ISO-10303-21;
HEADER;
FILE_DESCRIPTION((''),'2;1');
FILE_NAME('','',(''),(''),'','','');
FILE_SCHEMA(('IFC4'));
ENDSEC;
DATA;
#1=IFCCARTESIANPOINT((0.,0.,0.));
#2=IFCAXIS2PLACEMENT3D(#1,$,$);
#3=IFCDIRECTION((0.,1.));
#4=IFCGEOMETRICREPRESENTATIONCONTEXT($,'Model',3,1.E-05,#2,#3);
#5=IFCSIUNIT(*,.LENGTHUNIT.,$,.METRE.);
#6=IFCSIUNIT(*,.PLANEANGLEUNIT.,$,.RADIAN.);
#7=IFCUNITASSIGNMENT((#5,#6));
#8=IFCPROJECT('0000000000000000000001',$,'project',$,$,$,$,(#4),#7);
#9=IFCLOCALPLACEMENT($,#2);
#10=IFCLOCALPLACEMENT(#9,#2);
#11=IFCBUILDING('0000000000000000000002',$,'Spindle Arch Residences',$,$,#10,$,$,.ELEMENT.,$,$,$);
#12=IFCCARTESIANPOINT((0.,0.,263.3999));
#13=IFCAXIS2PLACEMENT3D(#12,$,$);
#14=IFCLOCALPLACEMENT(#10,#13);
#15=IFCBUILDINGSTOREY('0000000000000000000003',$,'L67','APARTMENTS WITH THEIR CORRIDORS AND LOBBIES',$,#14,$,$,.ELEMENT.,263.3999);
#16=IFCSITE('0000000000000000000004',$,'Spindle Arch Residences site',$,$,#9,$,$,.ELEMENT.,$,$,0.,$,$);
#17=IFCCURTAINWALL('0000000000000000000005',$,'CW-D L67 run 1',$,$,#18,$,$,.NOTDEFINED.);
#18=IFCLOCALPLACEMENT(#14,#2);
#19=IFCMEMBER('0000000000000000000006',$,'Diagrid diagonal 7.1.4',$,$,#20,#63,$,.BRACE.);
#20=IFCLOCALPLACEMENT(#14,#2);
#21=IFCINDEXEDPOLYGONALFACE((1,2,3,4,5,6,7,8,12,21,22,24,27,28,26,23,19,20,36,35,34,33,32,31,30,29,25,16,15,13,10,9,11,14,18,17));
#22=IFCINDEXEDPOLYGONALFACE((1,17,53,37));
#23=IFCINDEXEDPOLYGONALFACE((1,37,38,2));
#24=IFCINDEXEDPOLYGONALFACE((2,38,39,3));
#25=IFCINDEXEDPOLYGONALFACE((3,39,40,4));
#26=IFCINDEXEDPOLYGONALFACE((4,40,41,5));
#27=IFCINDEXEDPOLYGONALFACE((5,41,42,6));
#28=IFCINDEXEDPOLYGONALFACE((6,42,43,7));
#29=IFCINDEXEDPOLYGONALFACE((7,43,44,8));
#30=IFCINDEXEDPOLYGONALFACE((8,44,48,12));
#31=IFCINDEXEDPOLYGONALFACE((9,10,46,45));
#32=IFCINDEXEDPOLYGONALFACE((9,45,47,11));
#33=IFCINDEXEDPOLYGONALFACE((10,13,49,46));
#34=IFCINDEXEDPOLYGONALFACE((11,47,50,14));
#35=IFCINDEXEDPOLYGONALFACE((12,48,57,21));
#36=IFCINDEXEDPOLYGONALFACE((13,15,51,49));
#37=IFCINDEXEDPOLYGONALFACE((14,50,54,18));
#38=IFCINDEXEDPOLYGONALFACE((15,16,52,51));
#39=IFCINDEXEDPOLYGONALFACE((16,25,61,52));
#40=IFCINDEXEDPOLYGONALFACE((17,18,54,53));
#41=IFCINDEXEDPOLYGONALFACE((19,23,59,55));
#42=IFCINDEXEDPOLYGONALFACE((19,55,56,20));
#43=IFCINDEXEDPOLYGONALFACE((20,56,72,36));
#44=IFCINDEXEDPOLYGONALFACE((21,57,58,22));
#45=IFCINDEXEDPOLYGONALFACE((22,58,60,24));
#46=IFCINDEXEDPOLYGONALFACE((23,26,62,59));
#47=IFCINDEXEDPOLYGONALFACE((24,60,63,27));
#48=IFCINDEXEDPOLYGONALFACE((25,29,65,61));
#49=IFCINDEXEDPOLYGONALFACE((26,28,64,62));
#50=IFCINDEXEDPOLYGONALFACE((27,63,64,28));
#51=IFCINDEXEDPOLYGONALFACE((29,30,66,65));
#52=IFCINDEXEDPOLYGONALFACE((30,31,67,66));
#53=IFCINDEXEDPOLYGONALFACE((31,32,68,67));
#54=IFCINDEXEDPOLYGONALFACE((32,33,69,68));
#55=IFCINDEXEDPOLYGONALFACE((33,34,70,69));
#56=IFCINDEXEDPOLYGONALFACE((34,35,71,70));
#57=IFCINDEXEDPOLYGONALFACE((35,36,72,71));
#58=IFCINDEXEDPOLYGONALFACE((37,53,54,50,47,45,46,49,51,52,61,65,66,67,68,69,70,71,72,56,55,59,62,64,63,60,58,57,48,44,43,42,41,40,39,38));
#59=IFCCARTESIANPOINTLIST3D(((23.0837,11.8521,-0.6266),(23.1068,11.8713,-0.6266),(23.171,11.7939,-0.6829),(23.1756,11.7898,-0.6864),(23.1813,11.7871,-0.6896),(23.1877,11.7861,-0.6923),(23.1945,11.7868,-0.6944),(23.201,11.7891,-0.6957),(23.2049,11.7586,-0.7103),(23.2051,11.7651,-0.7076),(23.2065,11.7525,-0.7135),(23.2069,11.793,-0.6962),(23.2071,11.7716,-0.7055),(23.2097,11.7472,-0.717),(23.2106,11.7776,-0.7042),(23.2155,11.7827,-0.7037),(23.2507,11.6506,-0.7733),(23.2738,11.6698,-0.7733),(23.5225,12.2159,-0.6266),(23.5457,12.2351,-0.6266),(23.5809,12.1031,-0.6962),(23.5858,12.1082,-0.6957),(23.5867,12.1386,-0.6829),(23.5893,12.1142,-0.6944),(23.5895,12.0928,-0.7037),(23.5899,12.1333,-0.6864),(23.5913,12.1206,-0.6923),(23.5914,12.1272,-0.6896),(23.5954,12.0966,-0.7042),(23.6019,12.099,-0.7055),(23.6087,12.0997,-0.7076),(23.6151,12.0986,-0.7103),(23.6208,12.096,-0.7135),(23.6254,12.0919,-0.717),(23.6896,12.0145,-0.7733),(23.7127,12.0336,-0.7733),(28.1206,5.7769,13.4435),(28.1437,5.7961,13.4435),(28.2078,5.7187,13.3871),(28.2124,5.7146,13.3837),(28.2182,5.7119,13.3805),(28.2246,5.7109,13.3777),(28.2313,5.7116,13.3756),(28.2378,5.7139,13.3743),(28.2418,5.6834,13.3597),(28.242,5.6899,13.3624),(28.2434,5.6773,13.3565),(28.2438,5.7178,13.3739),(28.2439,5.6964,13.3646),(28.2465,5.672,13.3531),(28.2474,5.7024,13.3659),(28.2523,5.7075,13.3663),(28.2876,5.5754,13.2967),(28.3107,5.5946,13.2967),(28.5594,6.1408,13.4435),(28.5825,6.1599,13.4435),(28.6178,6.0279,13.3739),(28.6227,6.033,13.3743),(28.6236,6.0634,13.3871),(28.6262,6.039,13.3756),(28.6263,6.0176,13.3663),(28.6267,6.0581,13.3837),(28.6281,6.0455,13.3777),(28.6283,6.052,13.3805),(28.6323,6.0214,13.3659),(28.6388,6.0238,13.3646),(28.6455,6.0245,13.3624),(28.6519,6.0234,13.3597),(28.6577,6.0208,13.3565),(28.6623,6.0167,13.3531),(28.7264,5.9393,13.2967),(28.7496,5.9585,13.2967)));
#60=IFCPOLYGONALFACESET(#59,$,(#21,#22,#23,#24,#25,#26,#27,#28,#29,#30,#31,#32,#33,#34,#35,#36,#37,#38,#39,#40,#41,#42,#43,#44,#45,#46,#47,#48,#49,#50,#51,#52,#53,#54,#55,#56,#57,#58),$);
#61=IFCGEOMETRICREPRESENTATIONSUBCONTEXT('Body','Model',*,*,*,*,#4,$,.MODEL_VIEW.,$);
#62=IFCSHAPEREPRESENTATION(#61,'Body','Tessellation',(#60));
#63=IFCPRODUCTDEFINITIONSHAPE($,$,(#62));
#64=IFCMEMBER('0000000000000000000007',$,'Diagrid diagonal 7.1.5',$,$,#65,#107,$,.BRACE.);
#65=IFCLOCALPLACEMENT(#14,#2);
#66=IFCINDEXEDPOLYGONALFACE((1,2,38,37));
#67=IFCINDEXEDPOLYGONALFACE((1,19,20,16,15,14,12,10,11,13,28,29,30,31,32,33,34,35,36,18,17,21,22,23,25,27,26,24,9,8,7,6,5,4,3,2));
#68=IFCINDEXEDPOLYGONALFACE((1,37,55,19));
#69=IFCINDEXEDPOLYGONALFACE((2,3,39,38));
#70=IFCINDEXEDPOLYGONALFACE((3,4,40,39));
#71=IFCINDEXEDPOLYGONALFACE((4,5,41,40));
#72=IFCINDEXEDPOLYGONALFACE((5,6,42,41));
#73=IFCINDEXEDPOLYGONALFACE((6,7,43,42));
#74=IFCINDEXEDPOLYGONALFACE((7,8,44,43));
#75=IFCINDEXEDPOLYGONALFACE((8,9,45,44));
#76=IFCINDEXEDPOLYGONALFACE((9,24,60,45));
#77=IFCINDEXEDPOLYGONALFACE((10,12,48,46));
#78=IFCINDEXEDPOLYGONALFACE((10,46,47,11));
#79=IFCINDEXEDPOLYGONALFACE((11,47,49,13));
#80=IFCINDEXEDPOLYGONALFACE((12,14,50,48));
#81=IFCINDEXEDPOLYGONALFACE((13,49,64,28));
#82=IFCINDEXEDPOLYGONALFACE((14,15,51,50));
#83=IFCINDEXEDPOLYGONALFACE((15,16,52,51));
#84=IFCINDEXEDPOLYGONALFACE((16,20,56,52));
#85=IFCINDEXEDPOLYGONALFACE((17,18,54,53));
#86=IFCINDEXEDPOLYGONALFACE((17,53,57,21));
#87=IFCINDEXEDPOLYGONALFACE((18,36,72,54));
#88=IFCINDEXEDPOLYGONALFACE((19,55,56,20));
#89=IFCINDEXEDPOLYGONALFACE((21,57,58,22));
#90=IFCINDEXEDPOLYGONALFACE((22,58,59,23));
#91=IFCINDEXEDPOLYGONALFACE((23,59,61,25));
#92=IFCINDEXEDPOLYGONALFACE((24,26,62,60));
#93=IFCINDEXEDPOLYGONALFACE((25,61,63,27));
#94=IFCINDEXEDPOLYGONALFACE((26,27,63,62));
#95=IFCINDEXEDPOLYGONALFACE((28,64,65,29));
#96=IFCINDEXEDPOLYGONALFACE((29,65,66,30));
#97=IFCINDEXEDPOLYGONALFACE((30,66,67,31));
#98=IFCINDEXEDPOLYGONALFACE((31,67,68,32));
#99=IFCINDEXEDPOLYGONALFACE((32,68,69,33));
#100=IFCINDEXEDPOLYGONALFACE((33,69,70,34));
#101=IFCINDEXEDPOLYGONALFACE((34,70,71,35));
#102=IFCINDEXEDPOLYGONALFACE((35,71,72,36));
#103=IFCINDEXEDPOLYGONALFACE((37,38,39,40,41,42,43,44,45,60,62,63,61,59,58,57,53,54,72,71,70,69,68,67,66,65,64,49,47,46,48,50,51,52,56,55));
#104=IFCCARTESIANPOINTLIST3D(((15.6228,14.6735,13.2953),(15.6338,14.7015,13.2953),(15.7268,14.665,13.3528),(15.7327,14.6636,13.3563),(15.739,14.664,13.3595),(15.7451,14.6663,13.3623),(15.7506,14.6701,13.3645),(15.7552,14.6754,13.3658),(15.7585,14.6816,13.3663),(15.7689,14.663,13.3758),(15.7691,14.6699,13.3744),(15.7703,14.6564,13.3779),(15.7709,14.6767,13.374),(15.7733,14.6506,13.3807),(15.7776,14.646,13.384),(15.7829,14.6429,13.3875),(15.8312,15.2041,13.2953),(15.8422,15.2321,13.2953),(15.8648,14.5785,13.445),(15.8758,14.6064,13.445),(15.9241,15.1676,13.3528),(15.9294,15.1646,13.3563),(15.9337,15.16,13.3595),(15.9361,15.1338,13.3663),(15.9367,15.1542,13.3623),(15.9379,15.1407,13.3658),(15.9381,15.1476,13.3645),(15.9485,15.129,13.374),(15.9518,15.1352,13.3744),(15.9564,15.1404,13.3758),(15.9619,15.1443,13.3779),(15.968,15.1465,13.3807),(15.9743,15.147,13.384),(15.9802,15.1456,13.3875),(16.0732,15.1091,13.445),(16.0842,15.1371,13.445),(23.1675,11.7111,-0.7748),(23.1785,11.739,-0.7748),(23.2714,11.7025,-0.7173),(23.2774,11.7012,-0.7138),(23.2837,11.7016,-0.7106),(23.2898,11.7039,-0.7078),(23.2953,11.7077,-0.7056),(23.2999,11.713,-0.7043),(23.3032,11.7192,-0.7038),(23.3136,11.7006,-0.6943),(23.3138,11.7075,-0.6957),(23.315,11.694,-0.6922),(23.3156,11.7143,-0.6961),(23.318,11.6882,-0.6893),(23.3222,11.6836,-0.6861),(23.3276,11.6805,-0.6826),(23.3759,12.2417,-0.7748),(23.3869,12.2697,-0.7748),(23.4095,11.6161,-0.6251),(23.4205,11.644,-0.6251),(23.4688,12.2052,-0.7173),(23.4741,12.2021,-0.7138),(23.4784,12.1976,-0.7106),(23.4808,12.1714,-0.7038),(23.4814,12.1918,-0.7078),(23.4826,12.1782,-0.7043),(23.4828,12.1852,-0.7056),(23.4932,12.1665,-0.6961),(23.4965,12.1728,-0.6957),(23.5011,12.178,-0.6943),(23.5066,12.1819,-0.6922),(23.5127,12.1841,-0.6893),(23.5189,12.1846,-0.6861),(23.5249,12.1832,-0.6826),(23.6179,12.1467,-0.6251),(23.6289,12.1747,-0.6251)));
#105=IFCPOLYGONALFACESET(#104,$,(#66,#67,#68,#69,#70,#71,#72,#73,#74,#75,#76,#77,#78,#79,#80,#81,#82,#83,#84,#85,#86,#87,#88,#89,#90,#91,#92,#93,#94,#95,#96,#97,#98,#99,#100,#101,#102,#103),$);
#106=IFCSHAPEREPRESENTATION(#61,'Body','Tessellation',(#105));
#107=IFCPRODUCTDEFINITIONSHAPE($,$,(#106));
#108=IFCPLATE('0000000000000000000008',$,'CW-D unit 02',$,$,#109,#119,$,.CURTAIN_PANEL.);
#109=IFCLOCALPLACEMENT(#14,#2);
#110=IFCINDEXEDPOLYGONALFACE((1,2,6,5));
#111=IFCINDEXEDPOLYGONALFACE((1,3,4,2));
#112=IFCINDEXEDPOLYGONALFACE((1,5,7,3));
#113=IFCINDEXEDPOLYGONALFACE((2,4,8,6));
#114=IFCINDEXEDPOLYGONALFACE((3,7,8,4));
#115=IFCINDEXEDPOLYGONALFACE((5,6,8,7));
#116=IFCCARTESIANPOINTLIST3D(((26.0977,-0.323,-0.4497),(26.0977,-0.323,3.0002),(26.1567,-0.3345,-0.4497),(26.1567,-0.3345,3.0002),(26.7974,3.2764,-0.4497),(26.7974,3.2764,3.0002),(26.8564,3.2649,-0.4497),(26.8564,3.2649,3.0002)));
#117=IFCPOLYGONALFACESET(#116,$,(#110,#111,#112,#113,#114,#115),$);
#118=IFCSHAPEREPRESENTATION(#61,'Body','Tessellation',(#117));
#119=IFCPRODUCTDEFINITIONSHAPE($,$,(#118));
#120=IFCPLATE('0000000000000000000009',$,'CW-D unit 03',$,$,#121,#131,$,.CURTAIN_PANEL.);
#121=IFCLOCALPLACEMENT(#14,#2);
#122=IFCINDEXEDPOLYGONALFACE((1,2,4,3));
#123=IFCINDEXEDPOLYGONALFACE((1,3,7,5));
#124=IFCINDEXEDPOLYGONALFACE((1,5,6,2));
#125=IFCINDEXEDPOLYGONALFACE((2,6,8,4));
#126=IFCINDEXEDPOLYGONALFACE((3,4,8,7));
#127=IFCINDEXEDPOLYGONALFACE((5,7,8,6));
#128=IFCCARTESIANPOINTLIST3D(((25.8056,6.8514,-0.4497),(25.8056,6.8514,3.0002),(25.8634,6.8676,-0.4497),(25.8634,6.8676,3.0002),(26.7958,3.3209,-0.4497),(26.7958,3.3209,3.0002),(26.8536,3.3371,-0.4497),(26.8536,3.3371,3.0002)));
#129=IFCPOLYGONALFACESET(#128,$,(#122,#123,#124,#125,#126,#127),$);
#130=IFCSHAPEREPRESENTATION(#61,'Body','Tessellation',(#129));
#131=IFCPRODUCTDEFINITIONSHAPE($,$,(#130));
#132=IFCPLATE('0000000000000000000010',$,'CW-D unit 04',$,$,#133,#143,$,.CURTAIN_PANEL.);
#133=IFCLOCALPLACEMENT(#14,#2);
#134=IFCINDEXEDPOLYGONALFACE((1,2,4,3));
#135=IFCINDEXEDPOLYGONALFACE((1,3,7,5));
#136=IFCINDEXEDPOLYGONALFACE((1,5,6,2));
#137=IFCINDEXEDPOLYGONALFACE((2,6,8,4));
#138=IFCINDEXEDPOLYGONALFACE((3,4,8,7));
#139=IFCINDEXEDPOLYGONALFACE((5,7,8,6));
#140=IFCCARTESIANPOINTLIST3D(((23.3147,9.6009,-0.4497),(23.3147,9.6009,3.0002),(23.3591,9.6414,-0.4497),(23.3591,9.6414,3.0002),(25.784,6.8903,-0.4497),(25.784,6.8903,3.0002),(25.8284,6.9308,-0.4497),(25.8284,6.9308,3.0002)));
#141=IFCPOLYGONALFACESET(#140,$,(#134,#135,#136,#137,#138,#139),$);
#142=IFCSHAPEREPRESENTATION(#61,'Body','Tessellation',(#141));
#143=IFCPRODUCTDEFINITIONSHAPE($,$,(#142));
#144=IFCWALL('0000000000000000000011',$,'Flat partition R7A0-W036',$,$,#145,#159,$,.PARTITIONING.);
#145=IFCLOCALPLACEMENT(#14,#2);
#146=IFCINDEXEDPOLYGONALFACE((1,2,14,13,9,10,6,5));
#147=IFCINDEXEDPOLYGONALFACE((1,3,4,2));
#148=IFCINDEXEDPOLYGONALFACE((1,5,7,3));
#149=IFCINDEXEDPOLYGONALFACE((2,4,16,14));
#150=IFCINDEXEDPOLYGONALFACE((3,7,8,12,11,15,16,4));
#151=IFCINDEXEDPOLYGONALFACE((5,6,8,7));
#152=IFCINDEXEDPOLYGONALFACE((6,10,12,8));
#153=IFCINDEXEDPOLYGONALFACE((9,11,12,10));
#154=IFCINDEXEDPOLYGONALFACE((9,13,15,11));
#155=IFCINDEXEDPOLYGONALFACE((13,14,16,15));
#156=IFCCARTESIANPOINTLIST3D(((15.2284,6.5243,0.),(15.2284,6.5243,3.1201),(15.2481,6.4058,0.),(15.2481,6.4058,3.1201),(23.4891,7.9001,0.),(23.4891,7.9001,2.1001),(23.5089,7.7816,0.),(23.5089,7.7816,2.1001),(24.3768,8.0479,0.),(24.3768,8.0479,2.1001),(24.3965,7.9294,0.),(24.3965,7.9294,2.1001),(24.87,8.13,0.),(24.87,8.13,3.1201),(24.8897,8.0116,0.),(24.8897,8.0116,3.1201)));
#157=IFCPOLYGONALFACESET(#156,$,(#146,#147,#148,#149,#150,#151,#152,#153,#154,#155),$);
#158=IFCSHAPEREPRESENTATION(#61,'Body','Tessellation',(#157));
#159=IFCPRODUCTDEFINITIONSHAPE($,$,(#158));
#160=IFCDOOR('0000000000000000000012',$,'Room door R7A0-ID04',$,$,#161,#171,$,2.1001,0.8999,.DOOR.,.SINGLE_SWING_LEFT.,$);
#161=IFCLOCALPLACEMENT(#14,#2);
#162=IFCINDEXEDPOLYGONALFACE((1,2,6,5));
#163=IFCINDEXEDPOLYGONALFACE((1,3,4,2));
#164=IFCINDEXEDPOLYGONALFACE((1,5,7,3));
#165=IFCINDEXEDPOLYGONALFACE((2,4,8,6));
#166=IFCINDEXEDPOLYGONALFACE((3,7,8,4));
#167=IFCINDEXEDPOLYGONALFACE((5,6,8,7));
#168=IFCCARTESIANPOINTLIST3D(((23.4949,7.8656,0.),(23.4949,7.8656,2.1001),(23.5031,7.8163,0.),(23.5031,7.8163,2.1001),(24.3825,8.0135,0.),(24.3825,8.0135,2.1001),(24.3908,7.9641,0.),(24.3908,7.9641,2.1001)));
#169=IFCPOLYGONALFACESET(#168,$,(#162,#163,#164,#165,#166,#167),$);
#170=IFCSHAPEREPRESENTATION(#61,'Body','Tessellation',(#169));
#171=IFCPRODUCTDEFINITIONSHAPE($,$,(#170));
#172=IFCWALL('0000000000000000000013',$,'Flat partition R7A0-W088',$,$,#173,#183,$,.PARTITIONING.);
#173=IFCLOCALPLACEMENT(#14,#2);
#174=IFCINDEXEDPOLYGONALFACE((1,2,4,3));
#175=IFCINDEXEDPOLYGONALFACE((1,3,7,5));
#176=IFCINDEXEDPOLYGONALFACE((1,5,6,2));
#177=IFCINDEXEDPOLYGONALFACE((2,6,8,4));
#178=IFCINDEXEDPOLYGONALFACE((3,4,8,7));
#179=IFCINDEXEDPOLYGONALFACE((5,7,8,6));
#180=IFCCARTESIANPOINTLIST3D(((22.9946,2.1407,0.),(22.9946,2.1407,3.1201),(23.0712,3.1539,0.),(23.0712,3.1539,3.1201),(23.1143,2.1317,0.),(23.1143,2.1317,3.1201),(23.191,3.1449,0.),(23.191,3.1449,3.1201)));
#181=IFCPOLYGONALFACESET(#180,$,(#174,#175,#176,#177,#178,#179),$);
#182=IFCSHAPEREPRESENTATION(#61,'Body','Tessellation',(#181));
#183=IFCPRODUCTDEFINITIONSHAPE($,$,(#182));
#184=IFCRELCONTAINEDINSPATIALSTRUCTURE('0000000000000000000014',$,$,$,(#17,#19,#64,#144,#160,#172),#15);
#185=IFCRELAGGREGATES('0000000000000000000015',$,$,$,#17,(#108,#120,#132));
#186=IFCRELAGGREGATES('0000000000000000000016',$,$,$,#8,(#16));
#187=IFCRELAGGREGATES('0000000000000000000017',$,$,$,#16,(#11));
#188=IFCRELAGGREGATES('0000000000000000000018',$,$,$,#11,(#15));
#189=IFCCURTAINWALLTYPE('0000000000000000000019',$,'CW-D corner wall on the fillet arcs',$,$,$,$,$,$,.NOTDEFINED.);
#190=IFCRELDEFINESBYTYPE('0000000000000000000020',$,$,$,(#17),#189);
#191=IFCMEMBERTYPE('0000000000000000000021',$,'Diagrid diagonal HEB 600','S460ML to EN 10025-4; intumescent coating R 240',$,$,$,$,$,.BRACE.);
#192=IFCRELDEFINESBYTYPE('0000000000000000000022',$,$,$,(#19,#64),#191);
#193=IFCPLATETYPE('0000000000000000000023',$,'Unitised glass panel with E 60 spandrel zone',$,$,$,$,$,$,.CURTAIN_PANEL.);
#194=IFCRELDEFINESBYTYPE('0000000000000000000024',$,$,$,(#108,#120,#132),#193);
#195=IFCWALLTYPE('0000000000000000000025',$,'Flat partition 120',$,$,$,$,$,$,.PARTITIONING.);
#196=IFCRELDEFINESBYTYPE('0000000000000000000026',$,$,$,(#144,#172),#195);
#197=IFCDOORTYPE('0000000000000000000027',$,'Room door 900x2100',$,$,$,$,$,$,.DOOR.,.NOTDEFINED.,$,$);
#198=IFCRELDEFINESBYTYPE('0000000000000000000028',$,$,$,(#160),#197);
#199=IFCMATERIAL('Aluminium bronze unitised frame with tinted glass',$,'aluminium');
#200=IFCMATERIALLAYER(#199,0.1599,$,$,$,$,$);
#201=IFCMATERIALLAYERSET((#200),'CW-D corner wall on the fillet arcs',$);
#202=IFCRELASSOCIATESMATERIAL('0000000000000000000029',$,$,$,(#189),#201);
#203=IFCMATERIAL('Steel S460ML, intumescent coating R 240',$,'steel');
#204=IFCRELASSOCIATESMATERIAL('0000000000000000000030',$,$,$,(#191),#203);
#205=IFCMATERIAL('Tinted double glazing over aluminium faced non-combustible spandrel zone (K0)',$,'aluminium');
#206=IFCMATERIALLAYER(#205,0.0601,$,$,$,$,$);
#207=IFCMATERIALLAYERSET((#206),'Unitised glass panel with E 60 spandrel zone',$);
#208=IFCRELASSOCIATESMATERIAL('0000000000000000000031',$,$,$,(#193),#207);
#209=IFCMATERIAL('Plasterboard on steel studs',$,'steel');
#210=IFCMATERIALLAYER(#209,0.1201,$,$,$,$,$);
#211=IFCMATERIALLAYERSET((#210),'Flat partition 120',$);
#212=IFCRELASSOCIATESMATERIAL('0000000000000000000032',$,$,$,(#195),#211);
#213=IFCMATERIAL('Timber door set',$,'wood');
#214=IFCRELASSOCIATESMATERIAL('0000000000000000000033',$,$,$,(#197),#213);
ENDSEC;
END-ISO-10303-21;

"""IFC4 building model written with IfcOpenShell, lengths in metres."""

from ifc_helpers import new_model, si_unit, direction, frame, frame_2d, origin, origin_2d, place, context, subcontext, project, spatial, rectangle, i_section, extrude, material, layer, layer_set, material_profile, profile_set, type_object, element, fill, aggregate, save


model = new_model("IFC4")

# Units and contexts
model_context = context("Model", 3, precision=1e-05, world=origin(), true_north=direction((0.0, 1.0)))
body_context = subcontext(model_context, "Body", "Model", "MODEL_VIEW")
ifc_project = project(units=[si_unit("LENGTHUNIT", "METRE"), si_unit("PLANEANGLEUNIT", "RADIAN")], contexts=[model_context])

# Site, building, storey
site_placement = place(None, origin())
site = spatial("IfcSite", under=ifc_project, at=site_placement, Name="Spindle Arch Residences site", CompositionType="ELEMENT", RefElevation=0.0)
building_placement = place(site_placement, origin())
building = spatial("IfcBuilding", under=site, at=building_placement, Name="Spindle Arch Residences", CompositionType="ELEMENT")
storey_placement = place(building_placement, frame((0.0, 0.0, 263.3999)))
storey = spatial("IfcBuildingStorey", under=building, at=storey_placement, Name="L67", Description="APARTMENTS WITH THEIR CORRIDORS AND LOBBIES", CompositionType="ELEMENT", Elevation=263.3999)

# Curtain wall
ifc_material_1 = material(Name="Aluminium bronze unitised frame with tinted glass", Category="aluminium")
ifc_layer_1 = layer(ifc_material_1, 0.1599)
ifc_layer_set_1 = layer_set([ifc_layer_1], Name="CW-D corner wall on the fillet arcs")
curtain_wall_type = type_object("IfcCurtainWallType", Name="CW-D corner wall on the fillet arcs", PredefinedType="NOTDEFINED", material=ifc_layer_set_1)
curtain_wall_placement = place(storey_placement, origin())
curtain_wall = element("IfcCurtainWall", 1, at=curtain_wall_placement, inside=storey, type_object=curtain_wall_type, Name="CW-D L67 run 1", PredefinedType="NOTDEFINED")

# Members
ifc_material_2 = material(Name="Steel S460ML, intumescent coating R 240", Category="steel")
ifc_material_profile_1 = material_profile(ifc_material_2, i_section(OverallWidth=0.3, OverallDepth=0.6001, WebThickness=0.0154, FlangeThickness=0.03, FilletRadius=0.0271, at=origin_2d()), Name="HEB 600")
ifc_profile_set_1 = profile_set([ifc_material_profile_1], Name="Steel S460ML, intumescent coating R 240")
member_type_1 = type_object("IfcMemberType", Name="Diagrid diagonal HEB 600", Description="S460ML to EN 10025-4; intumescent coating R 240", PredefinedType="BRACE", material=ifc_profile_set_1)
member_1_placement = place(storey_placement, frame((23.3982, 11.9429, -0.7), z_axis=(0.312226, -0.37659, 0.872178), x_axis=(-0.55667, 0.671426, 0.489189)))
element("IfcMember", 2, at=member_1_placement, inside=storey, type_object=member_type_1, Name="Diagrid diagonal 7.1.4", PredefinedType="BRACE", context=body_context, shape_type="SweptSolid", body=[
    extrude(i_section(OverallWidth=0.3, OverallDepth=0.6001, WebThickness=0.0154, FlangeThickness=0.03, FilletRadius=0.0271, at=origin_2d()), origin(), (0.0, 0.0, 1.0), 16.1321),
])
member_2_placement = place(storey_placement, frame((23.3982, 11.9429, -0.7), z_axis=(-0.464638, 0.182439, 0.866503), x_axis=(0.806556, -0.316693, 0.499172)))
element("IfcMember", 3, at=member_2_placement, inside=storey, type_object=member_type_1, Name="Diagrid diagonal 7.1.5", PredefinedType="BRACE", context=body_context, shape_type="SweptSolid", body=[
    extrude(i_section(OverallWidth=0.3, OverallDepth=0.6001, WebThickness=0.0154, FlangeThickness=0.03, FilletRadius=0.0271, at=origin_2d()), origin(), (0.0, 0.0, 1.0), 16.2378),
])

# Plates
ifc_material_3 = material(Name="Tinted double glazing over aluminium faced non-combustible spandrel zone (K0)", Category="aluminium")
ifc_layer_2 = layer(ifc_material_3, 0.0601)
ifc_layer_set_2 = layer_set([ifc_layer_2], Name="Unitised glass panel with E 60 spandrel zone")
plate_type = type_object("IfcPlateType", Name="Unitised glass panel with E 60 spandrel zone", PredefinedType="CURTAIN_PANEL", material=ifc_layer_set_2)
plate_1_placement = place(storey_placement, frame((26.4771, 1.4709, -0.4497), z_axis=(0.0, 0.0, 1.0), x_axis=(0.190809, 0.981627, 0.0)))
plate_1 = element("IfcPlate", 4, at=plate_1_placement, type_object=plate_type, Name="CW-D unit 02", PredefinedType="CURTAIN_PANEL", context=body_context, shape_type="SweptSolid", body=[
    extrude(rectangle(XDim=3.6667, YDim=0.0601, at=origin_2d()), origin(), (0.0, 0.0, 1.0), 3.45),
])
plate_2_placement = place(storey_placement, frame((26.3296, 5.0942, -0.4497), z_axis=(0.0, 0.0, 1.0), x_axis=(-0.27004, 0.962849, 0.0)))
plate_2 = element("IfcPlate", 5, at=plate_2_placement, type_object=plate_type, Name="CW-D unit 03", PredefinedType="CURTAIN_PANEL", context=body_context, shape_type="SweptSolid", body=[
    extrude(rectangle(XDim=3.6667, YDim=0.0601, at=origin_2d()), origin(), (0.0, 0.0, 1.0), 3.45),
])
plate_3_placement = place(storey_placement, frame((24.5715, 8.2659, -0.4497), z_axis=(0.0, 0.0, 1.0), x_axis=(-0.673443, 0.739239, 0.0)))
plate_3 = element("IfcPlate", 6, at=plate_3_placement, type_object=plate_type, Name="CW-D unit 04", PredefinedType="CURTAIN_PANEL", context=body_context, shape_type="SweptSolid", body=[
    extrude(rectangle(XDim=3.6667, YDim=0.0601, at=origin_2d()), origin(), (0.0, 0.0, 1.0), 3.45),
])
aggregate(curtain_wall, [plate_1, plate_2, plate_3])

# Wall, opening, door
ifc_material_4 = material(Name="Plasterboard on steel studs", Category="steel")
ifc_layer_3 = layer(ifc_material_4, 0.1201)
ifc_layer_set_3 = layer_set([ifc_layer_3], Name="Flat partition 120")
wall_type_1 = type_object("IfcWallType", Name="Flat partition 120", PredefinedType="PARTITIONING", material=ifc_layer_set_3)
wall_1_placement = place(storey_placement, frame((24.8799, 8.0708, 0.0), z_axis=(0.0, 0.0, 1.0), x_axis=(-0.986414, -0.164277, 0.0)))
wall_1 = element("IfcWall", 7, at=wall_1_placement, inside=storey, type_object=wall_type_1, Name="Flat partition R7A0-W036", PredefinedType="PARTITIONING", context=body_context, shape_type="SweptSolid", body=[
    extrude(rectangle(XDim=9.7744, YDim=0.1201, at=frame_2d((4.8872, 0.0))), origin(), (0.0, 0.0, 1.0), 3.1201),
])
opening_placement = place(wall_1_placement, frame((0.5, 0.0, 0.0)))
opening = element("IfcOpeningElement", 8, at=opening_placement, cuts=wall_1, PredefinedType="OPENING", context=body_context, shape_type="SweptSolid", body=[
    extrude(rectangle(XDim=0.8999, YDim=2.1001, at=frame_2d((0.45, 1.05))), frame((0.0, 0.0701, 0.0), z_axis=(0.0, -1.0, 0.0), x_axis=(1.0, 0.0, 0.0)), (0.0, 0.0, 1.0), 0.1401),
])
ifc_material_5 = material(Name="Timber door set", Category="wood")
door_type = type_object("IfcDoorType", Name="Room door 900x2100", OperationType="NOTDEFINED", PredefinedType="DOOR", material=ifc_material_5)
door_placement = place(opening_placement, origin())
door = element("IfcDoor", 9, at=door_placement, inside=storey, type_object=door_type, Name="Room door R7A0-ID04", OperationType="SINGLE_SWING_LEFT", OverallHeight=2.1001, OverallWidth=0.8999, PredefinedType="DOOR", context=body_context, shape_type="SweptSolid", body=[
    extrude(rectangle(XDim=0.8999, YDim=2.1001, at=frame_2d((0.45, 1.05))), frame((0.0, 0.0249, 0.0), z_axis=(0.0, -1.0, 0.0), x_axis=(1.0, 0.0, 0.0)), (0.0, 0.0, 1.0), 0.05),
])
fill(opening, door)

# Wall
wall_2_placement = place(storey_placement, frame((23.1311, 3.1494, 0.0), z_axis=(0.0, 0.0, 1.0), x_axis=(-0.075447, -0.99715, 0.0)))
element("IfcWall", 10, at=wall_2_placement, inside=storey, type_object=wall_type_1, Name="Flat partition R7A0-W088", PredefinedType="PARTITIONING", context=body_context, shape_type="SweptSolid", body=[
    extrude(rectangle(XDim=1.0161, YDim=0.1201, at=frame_2d((0.5081, 0.0))), origin(), (0.0, 0.0, 1.0), 3.1201),
])

save(model, "model.ifc")
